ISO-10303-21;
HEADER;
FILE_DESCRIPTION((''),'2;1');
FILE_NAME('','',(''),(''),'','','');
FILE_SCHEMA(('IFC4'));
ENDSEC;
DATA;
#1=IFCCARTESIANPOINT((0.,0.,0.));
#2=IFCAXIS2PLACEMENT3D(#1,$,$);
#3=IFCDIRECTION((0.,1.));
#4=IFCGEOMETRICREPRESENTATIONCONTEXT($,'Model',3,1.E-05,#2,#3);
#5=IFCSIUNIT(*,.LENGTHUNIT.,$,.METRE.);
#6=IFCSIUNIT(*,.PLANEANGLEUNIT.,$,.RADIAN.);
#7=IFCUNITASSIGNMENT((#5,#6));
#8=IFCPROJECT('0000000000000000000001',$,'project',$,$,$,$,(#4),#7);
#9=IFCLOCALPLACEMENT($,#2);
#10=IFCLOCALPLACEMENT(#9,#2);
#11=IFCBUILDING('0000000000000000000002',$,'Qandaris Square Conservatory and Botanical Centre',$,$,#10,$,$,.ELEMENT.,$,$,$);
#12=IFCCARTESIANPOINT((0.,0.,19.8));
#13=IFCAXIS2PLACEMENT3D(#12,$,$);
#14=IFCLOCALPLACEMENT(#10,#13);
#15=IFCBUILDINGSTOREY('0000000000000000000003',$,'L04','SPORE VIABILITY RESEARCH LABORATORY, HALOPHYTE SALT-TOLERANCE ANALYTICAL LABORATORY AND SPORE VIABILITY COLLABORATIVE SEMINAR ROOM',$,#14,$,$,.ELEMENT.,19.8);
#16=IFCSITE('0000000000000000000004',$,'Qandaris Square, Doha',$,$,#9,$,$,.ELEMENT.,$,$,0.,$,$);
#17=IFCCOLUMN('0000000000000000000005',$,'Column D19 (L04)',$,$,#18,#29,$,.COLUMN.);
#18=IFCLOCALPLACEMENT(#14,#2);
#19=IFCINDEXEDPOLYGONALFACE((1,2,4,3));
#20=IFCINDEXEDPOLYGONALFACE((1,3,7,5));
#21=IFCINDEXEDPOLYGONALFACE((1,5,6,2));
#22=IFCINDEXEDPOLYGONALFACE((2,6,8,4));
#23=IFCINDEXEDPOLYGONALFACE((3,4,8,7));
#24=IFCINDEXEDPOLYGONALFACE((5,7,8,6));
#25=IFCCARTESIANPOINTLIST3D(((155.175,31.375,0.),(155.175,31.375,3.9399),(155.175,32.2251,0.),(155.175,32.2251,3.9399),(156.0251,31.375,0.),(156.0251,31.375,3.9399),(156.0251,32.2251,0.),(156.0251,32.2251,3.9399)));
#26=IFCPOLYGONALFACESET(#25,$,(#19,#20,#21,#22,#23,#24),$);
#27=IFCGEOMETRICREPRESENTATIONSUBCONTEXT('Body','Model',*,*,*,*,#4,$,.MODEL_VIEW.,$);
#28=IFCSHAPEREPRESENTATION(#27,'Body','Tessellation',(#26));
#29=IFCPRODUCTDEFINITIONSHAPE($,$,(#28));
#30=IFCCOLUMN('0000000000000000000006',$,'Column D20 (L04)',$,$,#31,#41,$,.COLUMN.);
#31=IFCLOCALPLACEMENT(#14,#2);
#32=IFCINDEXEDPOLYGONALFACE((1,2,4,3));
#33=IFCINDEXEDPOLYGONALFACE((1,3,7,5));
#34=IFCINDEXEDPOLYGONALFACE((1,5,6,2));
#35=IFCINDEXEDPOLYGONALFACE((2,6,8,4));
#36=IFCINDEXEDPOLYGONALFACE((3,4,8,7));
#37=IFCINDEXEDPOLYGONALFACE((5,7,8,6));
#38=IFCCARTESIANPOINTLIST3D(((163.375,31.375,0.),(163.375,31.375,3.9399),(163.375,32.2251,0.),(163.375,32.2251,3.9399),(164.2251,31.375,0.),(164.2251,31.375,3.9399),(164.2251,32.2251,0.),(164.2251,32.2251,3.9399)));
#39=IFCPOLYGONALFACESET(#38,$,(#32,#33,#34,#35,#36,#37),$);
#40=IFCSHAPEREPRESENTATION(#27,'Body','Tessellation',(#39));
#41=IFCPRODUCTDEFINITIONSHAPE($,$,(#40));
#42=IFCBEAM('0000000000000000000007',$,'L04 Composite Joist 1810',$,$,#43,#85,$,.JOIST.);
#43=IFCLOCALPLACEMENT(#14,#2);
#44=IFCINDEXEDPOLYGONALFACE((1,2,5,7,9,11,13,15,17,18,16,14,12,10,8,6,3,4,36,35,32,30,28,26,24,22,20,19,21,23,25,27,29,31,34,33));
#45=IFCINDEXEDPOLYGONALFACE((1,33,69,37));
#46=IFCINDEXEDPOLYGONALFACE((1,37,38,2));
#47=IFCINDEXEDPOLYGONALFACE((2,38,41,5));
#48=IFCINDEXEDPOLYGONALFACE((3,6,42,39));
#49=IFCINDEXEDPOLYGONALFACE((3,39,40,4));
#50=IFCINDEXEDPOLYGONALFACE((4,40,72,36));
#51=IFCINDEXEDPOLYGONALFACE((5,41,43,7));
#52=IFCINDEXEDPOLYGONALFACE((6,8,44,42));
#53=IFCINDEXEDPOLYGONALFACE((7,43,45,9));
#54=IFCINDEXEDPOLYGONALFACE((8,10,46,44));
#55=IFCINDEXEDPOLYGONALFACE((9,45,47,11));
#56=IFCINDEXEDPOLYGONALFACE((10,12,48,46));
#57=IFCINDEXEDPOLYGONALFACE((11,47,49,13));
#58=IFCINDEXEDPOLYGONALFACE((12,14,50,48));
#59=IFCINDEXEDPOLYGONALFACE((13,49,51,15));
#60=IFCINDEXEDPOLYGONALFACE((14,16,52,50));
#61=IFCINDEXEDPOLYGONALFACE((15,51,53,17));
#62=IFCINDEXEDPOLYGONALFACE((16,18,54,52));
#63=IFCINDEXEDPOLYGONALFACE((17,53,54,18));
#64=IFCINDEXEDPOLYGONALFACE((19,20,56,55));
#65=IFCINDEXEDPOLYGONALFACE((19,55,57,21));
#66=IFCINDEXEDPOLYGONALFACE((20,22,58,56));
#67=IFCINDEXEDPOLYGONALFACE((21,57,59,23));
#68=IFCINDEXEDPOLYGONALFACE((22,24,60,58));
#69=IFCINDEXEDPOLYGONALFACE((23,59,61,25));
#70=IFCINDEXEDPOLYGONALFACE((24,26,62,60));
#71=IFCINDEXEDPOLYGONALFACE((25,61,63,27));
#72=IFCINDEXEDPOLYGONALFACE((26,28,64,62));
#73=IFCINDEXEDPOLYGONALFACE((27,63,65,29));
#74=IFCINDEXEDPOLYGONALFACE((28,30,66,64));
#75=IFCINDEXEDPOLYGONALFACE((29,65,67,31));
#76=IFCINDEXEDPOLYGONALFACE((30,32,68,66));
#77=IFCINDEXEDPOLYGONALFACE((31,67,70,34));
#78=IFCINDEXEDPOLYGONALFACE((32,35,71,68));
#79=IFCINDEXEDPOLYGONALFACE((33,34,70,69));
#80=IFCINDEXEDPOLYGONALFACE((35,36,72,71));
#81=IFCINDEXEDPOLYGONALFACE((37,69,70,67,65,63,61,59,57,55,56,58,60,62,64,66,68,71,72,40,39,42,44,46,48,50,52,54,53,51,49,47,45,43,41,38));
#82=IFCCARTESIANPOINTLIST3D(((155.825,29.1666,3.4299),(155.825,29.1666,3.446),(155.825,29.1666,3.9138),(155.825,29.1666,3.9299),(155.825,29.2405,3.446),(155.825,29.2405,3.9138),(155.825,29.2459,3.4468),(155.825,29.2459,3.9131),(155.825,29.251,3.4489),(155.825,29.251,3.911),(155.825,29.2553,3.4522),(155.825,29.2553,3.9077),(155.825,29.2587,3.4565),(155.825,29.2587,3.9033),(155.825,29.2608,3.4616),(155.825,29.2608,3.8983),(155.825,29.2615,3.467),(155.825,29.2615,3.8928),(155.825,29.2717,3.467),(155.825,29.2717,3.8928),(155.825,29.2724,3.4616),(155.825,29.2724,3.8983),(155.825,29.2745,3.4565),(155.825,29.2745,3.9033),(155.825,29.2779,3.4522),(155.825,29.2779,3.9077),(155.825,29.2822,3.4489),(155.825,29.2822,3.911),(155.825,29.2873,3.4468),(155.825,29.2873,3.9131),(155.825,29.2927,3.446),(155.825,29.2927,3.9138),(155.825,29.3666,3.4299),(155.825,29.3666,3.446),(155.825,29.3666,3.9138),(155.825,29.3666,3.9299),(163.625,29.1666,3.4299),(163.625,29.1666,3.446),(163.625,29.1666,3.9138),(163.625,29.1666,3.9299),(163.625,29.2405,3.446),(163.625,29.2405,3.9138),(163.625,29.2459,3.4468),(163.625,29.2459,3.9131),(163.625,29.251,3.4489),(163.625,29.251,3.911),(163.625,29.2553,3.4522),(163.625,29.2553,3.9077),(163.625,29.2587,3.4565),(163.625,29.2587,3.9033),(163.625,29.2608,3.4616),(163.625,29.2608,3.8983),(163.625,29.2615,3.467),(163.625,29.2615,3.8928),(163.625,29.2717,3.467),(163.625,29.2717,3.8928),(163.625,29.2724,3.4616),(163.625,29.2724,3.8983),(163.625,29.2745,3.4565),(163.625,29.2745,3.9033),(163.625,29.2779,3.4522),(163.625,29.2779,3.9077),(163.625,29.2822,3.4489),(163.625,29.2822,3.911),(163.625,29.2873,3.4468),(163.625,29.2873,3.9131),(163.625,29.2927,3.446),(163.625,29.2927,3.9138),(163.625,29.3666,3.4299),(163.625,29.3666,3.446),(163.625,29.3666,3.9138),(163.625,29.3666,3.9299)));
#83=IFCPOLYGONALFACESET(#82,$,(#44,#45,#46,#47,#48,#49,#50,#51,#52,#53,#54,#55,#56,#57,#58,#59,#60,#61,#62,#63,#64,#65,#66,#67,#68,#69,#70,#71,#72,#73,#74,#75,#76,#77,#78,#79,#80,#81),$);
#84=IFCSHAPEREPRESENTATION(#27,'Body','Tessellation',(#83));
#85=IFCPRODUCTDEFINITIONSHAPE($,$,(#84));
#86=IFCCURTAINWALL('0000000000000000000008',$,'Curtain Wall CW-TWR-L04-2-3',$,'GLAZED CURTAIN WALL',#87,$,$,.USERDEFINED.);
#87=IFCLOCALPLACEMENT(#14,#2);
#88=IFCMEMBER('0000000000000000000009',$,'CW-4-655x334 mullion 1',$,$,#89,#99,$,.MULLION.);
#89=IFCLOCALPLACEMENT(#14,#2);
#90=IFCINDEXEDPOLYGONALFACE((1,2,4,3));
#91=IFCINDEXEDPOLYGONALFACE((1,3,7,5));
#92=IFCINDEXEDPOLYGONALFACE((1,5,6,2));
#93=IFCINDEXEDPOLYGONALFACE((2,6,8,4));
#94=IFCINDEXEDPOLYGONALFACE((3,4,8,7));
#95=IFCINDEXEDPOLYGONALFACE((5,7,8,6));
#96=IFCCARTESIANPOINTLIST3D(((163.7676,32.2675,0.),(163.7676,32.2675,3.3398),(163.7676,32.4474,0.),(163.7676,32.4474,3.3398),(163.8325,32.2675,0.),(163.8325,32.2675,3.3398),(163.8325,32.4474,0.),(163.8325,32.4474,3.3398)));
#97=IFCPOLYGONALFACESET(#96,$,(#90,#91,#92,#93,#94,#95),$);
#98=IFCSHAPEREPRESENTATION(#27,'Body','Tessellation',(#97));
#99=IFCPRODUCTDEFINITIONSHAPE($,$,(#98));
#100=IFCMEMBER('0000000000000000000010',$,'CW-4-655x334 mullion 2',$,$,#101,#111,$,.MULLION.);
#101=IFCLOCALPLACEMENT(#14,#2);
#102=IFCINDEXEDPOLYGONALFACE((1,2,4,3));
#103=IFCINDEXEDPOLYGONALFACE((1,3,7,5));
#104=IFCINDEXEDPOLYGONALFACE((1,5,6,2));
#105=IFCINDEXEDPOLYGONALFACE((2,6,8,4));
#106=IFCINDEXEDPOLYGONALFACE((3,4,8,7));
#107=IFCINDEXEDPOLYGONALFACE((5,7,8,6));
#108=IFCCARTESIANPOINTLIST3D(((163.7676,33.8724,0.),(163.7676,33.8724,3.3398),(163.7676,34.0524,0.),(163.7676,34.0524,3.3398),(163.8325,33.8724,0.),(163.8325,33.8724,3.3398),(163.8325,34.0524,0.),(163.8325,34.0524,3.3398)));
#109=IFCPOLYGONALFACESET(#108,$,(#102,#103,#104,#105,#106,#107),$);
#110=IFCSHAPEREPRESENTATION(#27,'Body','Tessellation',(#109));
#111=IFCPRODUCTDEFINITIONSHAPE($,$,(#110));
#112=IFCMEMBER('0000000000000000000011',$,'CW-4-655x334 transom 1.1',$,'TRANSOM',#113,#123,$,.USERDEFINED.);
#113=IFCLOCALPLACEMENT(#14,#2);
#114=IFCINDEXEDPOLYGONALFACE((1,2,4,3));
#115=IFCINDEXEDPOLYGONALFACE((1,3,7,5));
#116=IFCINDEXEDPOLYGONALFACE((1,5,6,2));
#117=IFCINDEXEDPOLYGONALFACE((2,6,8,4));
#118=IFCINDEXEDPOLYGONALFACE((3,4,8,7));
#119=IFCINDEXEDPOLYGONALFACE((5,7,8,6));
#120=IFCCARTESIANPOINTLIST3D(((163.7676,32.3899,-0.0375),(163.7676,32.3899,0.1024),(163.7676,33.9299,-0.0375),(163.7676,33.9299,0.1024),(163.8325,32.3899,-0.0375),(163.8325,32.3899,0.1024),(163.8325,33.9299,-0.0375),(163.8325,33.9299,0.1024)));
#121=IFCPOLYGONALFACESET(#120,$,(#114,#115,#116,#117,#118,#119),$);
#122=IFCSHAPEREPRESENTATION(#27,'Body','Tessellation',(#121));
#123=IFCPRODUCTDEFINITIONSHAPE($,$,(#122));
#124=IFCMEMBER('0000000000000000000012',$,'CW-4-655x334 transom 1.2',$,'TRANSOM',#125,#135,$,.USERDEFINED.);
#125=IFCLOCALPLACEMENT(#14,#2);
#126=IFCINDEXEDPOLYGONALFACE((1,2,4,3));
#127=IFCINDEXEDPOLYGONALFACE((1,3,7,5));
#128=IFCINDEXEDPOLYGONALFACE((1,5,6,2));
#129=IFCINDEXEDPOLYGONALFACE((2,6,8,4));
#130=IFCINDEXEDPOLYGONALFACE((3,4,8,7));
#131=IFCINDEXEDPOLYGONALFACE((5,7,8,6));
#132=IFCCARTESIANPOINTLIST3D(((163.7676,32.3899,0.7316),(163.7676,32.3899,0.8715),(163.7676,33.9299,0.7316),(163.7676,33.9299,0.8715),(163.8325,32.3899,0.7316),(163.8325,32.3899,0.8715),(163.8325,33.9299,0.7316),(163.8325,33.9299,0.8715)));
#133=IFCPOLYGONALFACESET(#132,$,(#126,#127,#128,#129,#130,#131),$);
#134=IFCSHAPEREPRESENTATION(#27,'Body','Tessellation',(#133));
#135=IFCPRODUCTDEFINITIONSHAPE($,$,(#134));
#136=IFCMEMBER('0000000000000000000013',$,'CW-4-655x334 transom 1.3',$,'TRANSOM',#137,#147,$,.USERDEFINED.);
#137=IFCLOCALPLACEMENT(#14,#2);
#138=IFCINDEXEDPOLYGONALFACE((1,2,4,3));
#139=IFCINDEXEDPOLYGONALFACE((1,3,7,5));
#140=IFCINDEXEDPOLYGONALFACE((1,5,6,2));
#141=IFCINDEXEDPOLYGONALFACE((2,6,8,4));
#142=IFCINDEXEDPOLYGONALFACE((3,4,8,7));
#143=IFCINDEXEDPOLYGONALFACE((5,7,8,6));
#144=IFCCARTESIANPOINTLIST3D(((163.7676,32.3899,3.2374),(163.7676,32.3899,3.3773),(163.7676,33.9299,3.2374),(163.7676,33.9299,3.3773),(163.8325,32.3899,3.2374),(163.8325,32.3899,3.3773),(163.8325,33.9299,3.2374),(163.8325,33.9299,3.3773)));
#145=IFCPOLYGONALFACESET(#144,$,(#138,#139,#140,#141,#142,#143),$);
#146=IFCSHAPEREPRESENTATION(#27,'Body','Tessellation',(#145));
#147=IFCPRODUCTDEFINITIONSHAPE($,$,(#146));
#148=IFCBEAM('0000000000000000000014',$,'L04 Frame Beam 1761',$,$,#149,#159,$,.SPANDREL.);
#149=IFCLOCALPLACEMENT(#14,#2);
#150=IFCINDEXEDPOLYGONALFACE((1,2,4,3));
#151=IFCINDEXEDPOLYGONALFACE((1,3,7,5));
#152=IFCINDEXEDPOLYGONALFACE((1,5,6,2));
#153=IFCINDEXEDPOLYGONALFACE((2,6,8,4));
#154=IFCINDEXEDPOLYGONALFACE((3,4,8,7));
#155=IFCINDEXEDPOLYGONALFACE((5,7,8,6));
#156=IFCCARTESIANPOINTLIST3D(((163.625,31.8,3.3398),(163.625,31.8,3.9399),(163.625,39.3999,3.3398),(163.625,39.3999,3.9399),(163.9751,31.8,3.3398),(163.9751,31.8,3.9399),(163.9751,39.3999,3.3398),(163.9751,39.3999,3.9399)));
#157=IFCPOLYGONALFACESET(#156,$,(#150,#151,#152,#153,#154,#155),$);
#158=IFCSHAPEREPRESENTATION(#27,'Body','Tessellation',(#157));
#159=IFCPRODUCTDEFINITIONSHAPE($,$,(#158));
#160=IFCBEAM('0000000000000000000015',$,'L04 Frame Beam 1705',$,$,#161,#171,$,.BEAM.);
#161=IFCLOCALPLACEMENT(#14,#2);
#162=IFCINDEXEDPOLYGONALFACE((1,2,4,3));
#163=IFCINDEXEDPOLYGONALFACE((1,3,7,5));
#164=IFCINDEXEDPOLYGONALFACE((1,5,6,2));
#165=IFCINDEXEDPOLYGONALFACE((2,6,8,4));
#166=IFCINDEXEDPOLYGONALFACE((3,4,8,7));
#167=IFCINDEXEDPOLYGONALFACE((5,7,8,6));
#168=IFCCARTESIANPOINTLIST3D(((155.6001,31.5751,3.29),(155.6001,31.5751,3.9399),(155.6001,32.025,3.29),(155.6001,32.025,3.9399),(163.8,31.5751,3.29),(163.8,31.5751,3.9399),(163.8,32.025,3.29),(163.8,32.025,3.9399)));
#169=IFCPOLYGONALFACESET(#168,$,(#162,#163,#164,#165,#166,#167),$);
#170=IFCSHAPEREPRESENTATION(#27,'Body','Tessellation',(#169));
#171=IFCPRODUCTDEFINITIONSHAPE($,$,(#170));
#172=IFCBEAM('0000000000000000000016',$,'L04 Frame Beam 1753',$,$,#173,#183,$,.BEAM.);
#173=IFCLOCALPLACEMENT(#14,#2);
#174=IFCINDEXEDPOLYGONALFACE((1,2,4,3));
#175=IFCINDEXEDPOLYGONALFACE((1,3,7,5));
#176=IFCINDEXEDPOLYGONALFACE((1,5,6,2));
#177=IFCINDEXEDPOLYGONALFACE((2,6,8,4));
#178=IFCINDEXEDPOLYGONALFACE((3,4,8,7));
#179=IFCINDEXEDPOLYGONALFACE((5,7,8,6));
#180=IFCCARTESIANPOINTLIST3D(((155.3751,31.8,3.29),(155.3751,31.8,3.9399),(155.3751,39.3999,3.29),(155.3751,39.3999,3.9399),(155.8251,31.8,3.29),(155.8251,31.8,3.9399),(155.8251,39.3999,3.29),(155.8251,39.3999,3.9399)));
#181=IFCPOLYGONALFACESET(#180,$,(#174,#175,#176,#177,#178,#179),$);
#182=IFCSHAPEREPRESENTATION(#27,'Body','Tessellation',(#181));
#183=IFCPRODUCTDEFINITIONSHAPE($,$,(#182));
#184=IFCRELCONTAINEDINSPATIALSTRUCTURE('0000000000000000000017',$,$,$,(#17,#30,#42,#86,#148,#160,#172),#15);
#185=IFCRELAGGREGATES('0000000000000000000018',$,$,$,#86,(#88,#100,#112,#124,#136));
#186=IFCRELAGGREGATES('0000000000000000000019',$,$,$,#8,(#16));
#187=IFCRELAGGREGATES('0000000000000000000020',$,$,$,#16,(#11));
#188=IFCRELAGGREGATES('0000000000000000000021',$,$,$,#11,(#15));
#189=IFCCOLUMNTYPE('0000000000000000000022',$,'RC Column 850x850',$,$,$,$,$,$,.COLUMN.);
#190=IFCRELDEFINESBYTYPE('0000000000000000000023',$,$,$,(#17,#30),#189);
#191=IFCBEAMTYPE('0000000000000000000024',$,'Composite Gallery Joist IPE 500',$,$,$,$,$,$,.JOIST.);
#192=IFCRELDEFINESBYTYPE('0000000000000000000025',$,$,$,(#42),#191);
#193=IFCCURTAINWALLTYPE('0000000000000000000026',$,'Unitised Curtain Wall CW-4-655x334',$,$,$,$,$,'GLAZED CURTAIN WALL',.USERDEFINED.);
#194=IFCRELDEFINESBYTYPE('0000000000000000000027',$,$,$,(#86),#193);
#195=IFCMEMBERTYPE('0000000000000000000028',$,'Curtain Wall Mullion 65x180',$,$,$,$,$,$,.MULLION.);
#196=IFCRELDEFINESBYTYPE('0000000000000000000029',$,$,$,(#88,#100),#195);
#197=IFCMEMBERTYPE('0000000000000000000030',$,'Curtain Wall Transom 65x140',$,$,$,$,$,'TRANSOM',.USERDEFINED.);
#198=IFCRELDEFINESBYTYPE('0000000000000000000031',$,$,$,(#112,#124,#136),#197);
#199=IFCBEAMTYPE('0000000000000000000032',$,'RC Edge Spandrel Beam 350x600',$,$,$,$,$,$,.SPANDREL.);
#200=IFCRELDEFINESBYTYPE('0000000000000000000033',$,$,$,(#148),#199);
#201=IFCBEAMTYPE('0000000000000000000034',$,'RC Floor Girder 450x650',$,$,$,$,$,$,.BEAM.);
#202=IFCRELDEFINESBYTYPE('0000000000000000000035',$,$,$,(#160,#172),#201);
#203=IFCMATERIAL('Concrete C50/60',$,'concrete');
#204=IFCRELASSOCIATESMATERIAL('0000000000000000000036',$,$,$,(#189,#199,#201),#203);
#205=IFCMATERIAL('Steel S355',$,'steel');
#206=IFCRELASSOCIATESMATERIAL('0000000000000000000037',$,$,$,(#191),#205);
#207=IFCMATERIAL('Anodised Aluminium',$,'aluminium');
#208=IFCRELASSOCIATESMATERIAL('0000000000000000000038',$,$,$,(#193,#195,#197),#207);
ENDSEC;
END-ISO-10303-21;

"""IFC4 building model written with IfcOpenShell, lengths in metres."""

from ifc_helpers import new_model, si_unit, direction, frame, origin, origin_2d, place, context, subcontext, project, spatial, rectangle, i_section, extrude, material, material_profile, profile_set, type_object, element, aggregate, save


model = new_model("IFC4")

# Units and contexts
model_context = context("Model", 3, precision=1e-05, world=origin(), true_north=direction((0.0, 1.0)))
body_context = subcontext(model_context, "Body", "Model", "MODEL_VIEW")
ifc_project = project(units=[si_unit("LENGTHUNIT", "METRE"), si_unit("PLANEANGLEUNIT", "RADIAN")], contexts=[model_context])

# Site, building, storey
site_placement = place(None, origin())
site = spatial("IfcSite", under=ifc_project, at=site_placement, Name="Qandaris Square, Doha", CompositionType="ELEMENT", RefElevation=0.0)
building_placement = place(site_placement, origin())
building = spatial("IfcBuilding", under=site, at=building_placement, Name="Qandaris Square Conservatory and Botanical Centre", CompositionType="ELEMENT")
storey_placement = place(building_placement, frame((0.0, 0.0, 19.8)))
storey = spatial("IfcBuildingStorey", under=building, at=storey_placement, Name="L04", Description="SPORE VIABILITY RESEARCH LABORATORY, HALOPHYTE SALT-TOLERANCE ANALYTICAL LABORATORY AND SPORE VIABILITY COLLABORATIVE SEMINAR ROOM", CompositionType="ELEMENT", Elevation=19.8)

# Columns
ifc_material_1 = material(Name="Concrete C50/60", Category="concrete")
ifc_material_profile_1 = material_profile(ifc_material_1, rectangle(XDim=0.8501, YDim=0.8501, at=origin_2d()), Name="RC-COL 850x850")
ifc_profile_set_1 = profile_set([ifc_material_profile_1], Name="Concrete C50/60")
column_type = type_object("IfcColumnType", Name="RC Column 850x850", PredefinedType="COLUMN", material=ifc_profile_set_1)
for number, where, z_axis, x_axis, name in (
    (1, (155.6001, 31.8, 0.0), (0.0, 0.0, 1.0), (1.0, 0.0, 0.0), "Column D19 (L04)"),
    (2, (163.8, 31.8, 0.0), (0.0, 0.0, 1.0), (1.0, 0.0, 0.0), "Column D20 (L04)"),
):
    element("IfcColumn", number, at=place(storey_placement, frame(where, z_axis=z_axis, x_axis=x_axis)), inside=storey, type_object=column_type, Name=name, PredefinedType="COLUMN", context=body_context, shape_type="SweptSolid", body=[
        extrude(rectangle(XDim=0.8501, YDim=0.8501, at=origin_2d()), origin(), (0.0, 0.0, 1.0), 3.9399),
    ])

# Beam
ifc_material_2 = material(Name="Steel S355", Category="steel")
ifc_material_profile_2 = material_profile(ifc_material_2, i_section(OverallWidth=0.2, OverallDepth=0.5, WebThickness=0.0103, FlangeThickness=0.0161, FilletRadius=0.021, at=origin_2d()), Name="IPE 500")
ifc_profile_set_2 = profile_set([ifc_material_profile_2], Name="Steel S355")
beam_type_1 = type_object("IfcBeamType", Name="Composite Gallery Joist IPE 500", PredefinedType="JOIST", material=ifc_profile_set_2)
beam_1_placement = place(storey_placement, frame((155.825, 29.2666, 3.6799), z_axis=(1.0, 0.0, 0.0), x_axis=(0.0, 1.0, 0.0)))
element("IfcBeam", 3, at=beam_1_placement, inside=storey, type_object=beam_type_1, Name="L04 Composite Joist 1810", PredefinedType="JOIST", context=body_context, shape_type="SweptSolid", body=[
    extrude(i_section(OverallWidth=0.2, OverallDepth=0.5, WebThickness=0.0103, FlangeThickness=0.0161, FilletRadius=0.021, at=origin_2d()), origin(), (0.0, 0.0, 1.0), 7.8),
])

# Curtain wall, members
ifc_material_3 = material(Name="Anodised Aluminium", Category="aluminium")
curtain_wall_type = type_object("IfcCurtainWallType", Name="Unitised Curtain Wall CW-4-655x334", ElementType="GLAZED CURTAIN WALL", PredefinedType="USERDEFINED", material=ifc_material_3)
curtain_wall_placement = place(storey_placement, origin())
curtain_wall = element("IfcCurtainWall", 4, at=curtain_wall_placement, inside=storey, type_object=curtain_wall_type, Name="Curtain Wall CW-TWR-L04-2-3", ObjectType="GLAZED CURTAIN WALL", PredefinedType="USERDEFINED")
ifc_material_profile_3 = material_profile(ifc_material_3, rectangle(XDim=0.0649, YDim=0.1799, at=origin_2d()), Name="ALU-MUL 65x180")
ifc_profile_set_3 = profile_set([ifc_material_profile_3], Name="Anodised Aluminium")
member_type_1 = type_object("IfcMemberType", Name="Curtain Wall Mullion 65x180", PredefinedType="MULLION", material=ifc_profile_set_3)
member_1_placement = place(storey_placement, frame((163.8, 32.3574, 0.0), z_axis=(0.0, 0.0, 1.0), x_axis=(-1.0, 0.0, 0.0)))
member_1 = element("IfcMember", 5, at=member_1_placement, type_object=member_type_1, Name="CW-4-655x334 mullion 1", PredefinedType="MULLION", context=body_context, shape_type="SweptSolid", body=[
    extrude(rectangle(XDim=0.0649, YDim=0.1799, at=origin_2d()), origin(), (0.0, 0.0, 1.0), 3.3398),
])
member_2_placement = place(storey_placement, frame((163.8, 33.9624, 0.0), z_axis=(0.0, 0.0, 1.0), x_axis=(-1.0, 0.0, 0.0)))
member_2 = element("IfcMember", 6, at=member_2_placement, type_object=member_type_1, Name="CW-4-655x334 mullion 2", PredefinedType="MULLION", context=body_context, shape_type="SweptSolid", body=[
    extrude(rectangle(XDim=0.0649, YDim=0.1799, at=origin_2d()), origin(), (0.0, 0.0, 1.0), 3.3398),
])
ifc_material_profile_4 = material_profile(ifc_material_3, rectangle(XDim=0.0649, YDim=0.1399, at=origin_2d()), Name="ALU-TRN 65x140")
ifc_profile_set_4 = profile_set([ifc_material_profile_4], Name="Anodised Aluminium")
member_type_2 = type_object("IfcMemberType", Name="Curtain Wall Transom 65x140", ElementType="TRANSOM", PredefinedType="USERDEFINED", material=ifc_profile_set_4)
member_3_placement = place(storey_placement, frame((163.8, 32.3899, 0.0325), z_axis=(0.0, 1.0, 0.0), x_axis=(-1.0, 0.0, 0.0)))
member_3 = element("IfcMember", 7, at=member_3_placement, type_object=member_type_2, Name="CW-4-655x334 transom 1.1", ObjectType="TRANSOM", PredefinedType="USERDEFINED", context=body_context, shape_type="SweptSolid", body=[
    extrude(rectangle(XDim=0.0649, YDim=0.1399, at=origin_2d()), origin(), (0.0, 0.0, 1.0), 1.54),
])
member_4_placement = place(storey_placement, frame((163.8, 32.3899, 0.8015), z_axis=(0.0, 1.0, 0.0), x_axis=(-1.0, 0.0, 0.0)))
member_4 = element("IfcMember", 8, at=member_4_placement, type_object=member_type_2, Name="CW-4-655x334 transom 1.2", ObjectType="TRANSOM", PredefinedType="USERDEFINED", context=body_context, shape_type="SweptSolid", body=[
    extrude(rectangle(XDim=0.0649, YDim=0.1399, at=origin_2d()), origin(), (0.0, 0.0, 1.0), 1.54),
])
member_5_placement = place(storey_placement, frame((163.8, 32.3899, 3.3074), z_axis=(0.0, 1.0, 0.0), x_axis=(-1.0, 0.0, 0.0)))
member_5 = element("IfcMember", 9, at=member_5_placement, type_object=member_type_2, Name="CW-4-655x334 transom 1.3", ObjectType="TRANSOM", PredefinedType="USERDEFINED", context=body_context, shape_type="SweptSolid", body=[
    extrude(rectangle(XDim=0.0649, YDim=0.1399, at=origin_2d()), origin(), (0.0, 0.0, 1.0), 1.54),
])

# Beams
ifc_material_profile_5 = material_profile(ifc_material_1, rectangle(XDim=0.3501, YDim=0.6001, at=origin_2d()), Name="RC-SP 350x600")
ifc_profile_set_5 = profile_set([ifc_material_profile_5], Name="Concrete C50/60")
beam_type_2 = type_object("IfcBeamType", Name="RC Edge Spandrel Beam 350x600", PredefinedType="SPANDREL", material=ifc_profile_set_5)
beam_2_placement = place(storey_placement, frame((163.8, 31.8, 3.6399), z_axis=(0.0, 1.0, 0.0), x_axis=(-1.0, 0.0, 0.0)))
element("IfcBeam", 10, at=beam_2_placement, inside=storey, type_object=beam_type_2, Name="L04 Frame Beam 1761", PredefinedType="SPANDREL", context=body_context, shape_type="SweptSolid", body=[
    extrude(rectangle(XDim=0.3501, YDim=0.6001, at=origin_2d()), origin(), (0.0, 0.0, 1.0), 7.5999),
])
ifc_material_profile_6 = material_profile(ifc_material_1, rectangle(XDim=0.45, YDim=0.6499, at=origin_2d()), Name="RC-BM 450x650")
ifc_profile_set_6 = profile_set([ifc_material_profile_6], Name="Concrete C50/60")
beam_type_3 = type_object("IfcBeamType", Name="RC Floor Girder 450x650", PredefinedType="BEAM", material=ifc_profile_set_6)
beam_3_placement = place(storey_placement, frame((155.6001, 31.8, 3.615), z_axis=(1.0, 0.0, 0.0), x_axis=(0.0, 1.0, 0.0)))
element("IfcBeam", 11, at=beam_3_placement, inside=storey, type_object=beam_type_3, Name="L04 Frame Beam 1705", PredefinedType="BEAM", context=body_context, shape_type="SweptSolid", body=[
    extrude(rectangle(XDim=0.45, YDim=0.6499, at=origin_2d()), origin(), (0.0, 0.0, 1.0), 8.2),
])
beam_4_placement = place(storey_placement, frame((155.6001, 31.8, 3.615), z_axis=(0.0, 1.0, 0.0), x_axis=(-1.0, 0.0, 0.0)))
element("IfcBeam", 12, at=beam_4_placement, inside=storey, type_object=beam_type_3, Name="L04 Frame Beam 1753", PredefinedType="BEAM", context=body_context, shape_type="SweptSolid", body=[
    extrude(rectangle(XDim=0.45, YDim=0.6499, at=origin_2d()), origin(), (0.0, 0.0, 1.0), 7.5999),
])

aggregate(curtain_wall, [member_1, member_2, member_3, member_4, member_5])

save(model, "model.ifc")
